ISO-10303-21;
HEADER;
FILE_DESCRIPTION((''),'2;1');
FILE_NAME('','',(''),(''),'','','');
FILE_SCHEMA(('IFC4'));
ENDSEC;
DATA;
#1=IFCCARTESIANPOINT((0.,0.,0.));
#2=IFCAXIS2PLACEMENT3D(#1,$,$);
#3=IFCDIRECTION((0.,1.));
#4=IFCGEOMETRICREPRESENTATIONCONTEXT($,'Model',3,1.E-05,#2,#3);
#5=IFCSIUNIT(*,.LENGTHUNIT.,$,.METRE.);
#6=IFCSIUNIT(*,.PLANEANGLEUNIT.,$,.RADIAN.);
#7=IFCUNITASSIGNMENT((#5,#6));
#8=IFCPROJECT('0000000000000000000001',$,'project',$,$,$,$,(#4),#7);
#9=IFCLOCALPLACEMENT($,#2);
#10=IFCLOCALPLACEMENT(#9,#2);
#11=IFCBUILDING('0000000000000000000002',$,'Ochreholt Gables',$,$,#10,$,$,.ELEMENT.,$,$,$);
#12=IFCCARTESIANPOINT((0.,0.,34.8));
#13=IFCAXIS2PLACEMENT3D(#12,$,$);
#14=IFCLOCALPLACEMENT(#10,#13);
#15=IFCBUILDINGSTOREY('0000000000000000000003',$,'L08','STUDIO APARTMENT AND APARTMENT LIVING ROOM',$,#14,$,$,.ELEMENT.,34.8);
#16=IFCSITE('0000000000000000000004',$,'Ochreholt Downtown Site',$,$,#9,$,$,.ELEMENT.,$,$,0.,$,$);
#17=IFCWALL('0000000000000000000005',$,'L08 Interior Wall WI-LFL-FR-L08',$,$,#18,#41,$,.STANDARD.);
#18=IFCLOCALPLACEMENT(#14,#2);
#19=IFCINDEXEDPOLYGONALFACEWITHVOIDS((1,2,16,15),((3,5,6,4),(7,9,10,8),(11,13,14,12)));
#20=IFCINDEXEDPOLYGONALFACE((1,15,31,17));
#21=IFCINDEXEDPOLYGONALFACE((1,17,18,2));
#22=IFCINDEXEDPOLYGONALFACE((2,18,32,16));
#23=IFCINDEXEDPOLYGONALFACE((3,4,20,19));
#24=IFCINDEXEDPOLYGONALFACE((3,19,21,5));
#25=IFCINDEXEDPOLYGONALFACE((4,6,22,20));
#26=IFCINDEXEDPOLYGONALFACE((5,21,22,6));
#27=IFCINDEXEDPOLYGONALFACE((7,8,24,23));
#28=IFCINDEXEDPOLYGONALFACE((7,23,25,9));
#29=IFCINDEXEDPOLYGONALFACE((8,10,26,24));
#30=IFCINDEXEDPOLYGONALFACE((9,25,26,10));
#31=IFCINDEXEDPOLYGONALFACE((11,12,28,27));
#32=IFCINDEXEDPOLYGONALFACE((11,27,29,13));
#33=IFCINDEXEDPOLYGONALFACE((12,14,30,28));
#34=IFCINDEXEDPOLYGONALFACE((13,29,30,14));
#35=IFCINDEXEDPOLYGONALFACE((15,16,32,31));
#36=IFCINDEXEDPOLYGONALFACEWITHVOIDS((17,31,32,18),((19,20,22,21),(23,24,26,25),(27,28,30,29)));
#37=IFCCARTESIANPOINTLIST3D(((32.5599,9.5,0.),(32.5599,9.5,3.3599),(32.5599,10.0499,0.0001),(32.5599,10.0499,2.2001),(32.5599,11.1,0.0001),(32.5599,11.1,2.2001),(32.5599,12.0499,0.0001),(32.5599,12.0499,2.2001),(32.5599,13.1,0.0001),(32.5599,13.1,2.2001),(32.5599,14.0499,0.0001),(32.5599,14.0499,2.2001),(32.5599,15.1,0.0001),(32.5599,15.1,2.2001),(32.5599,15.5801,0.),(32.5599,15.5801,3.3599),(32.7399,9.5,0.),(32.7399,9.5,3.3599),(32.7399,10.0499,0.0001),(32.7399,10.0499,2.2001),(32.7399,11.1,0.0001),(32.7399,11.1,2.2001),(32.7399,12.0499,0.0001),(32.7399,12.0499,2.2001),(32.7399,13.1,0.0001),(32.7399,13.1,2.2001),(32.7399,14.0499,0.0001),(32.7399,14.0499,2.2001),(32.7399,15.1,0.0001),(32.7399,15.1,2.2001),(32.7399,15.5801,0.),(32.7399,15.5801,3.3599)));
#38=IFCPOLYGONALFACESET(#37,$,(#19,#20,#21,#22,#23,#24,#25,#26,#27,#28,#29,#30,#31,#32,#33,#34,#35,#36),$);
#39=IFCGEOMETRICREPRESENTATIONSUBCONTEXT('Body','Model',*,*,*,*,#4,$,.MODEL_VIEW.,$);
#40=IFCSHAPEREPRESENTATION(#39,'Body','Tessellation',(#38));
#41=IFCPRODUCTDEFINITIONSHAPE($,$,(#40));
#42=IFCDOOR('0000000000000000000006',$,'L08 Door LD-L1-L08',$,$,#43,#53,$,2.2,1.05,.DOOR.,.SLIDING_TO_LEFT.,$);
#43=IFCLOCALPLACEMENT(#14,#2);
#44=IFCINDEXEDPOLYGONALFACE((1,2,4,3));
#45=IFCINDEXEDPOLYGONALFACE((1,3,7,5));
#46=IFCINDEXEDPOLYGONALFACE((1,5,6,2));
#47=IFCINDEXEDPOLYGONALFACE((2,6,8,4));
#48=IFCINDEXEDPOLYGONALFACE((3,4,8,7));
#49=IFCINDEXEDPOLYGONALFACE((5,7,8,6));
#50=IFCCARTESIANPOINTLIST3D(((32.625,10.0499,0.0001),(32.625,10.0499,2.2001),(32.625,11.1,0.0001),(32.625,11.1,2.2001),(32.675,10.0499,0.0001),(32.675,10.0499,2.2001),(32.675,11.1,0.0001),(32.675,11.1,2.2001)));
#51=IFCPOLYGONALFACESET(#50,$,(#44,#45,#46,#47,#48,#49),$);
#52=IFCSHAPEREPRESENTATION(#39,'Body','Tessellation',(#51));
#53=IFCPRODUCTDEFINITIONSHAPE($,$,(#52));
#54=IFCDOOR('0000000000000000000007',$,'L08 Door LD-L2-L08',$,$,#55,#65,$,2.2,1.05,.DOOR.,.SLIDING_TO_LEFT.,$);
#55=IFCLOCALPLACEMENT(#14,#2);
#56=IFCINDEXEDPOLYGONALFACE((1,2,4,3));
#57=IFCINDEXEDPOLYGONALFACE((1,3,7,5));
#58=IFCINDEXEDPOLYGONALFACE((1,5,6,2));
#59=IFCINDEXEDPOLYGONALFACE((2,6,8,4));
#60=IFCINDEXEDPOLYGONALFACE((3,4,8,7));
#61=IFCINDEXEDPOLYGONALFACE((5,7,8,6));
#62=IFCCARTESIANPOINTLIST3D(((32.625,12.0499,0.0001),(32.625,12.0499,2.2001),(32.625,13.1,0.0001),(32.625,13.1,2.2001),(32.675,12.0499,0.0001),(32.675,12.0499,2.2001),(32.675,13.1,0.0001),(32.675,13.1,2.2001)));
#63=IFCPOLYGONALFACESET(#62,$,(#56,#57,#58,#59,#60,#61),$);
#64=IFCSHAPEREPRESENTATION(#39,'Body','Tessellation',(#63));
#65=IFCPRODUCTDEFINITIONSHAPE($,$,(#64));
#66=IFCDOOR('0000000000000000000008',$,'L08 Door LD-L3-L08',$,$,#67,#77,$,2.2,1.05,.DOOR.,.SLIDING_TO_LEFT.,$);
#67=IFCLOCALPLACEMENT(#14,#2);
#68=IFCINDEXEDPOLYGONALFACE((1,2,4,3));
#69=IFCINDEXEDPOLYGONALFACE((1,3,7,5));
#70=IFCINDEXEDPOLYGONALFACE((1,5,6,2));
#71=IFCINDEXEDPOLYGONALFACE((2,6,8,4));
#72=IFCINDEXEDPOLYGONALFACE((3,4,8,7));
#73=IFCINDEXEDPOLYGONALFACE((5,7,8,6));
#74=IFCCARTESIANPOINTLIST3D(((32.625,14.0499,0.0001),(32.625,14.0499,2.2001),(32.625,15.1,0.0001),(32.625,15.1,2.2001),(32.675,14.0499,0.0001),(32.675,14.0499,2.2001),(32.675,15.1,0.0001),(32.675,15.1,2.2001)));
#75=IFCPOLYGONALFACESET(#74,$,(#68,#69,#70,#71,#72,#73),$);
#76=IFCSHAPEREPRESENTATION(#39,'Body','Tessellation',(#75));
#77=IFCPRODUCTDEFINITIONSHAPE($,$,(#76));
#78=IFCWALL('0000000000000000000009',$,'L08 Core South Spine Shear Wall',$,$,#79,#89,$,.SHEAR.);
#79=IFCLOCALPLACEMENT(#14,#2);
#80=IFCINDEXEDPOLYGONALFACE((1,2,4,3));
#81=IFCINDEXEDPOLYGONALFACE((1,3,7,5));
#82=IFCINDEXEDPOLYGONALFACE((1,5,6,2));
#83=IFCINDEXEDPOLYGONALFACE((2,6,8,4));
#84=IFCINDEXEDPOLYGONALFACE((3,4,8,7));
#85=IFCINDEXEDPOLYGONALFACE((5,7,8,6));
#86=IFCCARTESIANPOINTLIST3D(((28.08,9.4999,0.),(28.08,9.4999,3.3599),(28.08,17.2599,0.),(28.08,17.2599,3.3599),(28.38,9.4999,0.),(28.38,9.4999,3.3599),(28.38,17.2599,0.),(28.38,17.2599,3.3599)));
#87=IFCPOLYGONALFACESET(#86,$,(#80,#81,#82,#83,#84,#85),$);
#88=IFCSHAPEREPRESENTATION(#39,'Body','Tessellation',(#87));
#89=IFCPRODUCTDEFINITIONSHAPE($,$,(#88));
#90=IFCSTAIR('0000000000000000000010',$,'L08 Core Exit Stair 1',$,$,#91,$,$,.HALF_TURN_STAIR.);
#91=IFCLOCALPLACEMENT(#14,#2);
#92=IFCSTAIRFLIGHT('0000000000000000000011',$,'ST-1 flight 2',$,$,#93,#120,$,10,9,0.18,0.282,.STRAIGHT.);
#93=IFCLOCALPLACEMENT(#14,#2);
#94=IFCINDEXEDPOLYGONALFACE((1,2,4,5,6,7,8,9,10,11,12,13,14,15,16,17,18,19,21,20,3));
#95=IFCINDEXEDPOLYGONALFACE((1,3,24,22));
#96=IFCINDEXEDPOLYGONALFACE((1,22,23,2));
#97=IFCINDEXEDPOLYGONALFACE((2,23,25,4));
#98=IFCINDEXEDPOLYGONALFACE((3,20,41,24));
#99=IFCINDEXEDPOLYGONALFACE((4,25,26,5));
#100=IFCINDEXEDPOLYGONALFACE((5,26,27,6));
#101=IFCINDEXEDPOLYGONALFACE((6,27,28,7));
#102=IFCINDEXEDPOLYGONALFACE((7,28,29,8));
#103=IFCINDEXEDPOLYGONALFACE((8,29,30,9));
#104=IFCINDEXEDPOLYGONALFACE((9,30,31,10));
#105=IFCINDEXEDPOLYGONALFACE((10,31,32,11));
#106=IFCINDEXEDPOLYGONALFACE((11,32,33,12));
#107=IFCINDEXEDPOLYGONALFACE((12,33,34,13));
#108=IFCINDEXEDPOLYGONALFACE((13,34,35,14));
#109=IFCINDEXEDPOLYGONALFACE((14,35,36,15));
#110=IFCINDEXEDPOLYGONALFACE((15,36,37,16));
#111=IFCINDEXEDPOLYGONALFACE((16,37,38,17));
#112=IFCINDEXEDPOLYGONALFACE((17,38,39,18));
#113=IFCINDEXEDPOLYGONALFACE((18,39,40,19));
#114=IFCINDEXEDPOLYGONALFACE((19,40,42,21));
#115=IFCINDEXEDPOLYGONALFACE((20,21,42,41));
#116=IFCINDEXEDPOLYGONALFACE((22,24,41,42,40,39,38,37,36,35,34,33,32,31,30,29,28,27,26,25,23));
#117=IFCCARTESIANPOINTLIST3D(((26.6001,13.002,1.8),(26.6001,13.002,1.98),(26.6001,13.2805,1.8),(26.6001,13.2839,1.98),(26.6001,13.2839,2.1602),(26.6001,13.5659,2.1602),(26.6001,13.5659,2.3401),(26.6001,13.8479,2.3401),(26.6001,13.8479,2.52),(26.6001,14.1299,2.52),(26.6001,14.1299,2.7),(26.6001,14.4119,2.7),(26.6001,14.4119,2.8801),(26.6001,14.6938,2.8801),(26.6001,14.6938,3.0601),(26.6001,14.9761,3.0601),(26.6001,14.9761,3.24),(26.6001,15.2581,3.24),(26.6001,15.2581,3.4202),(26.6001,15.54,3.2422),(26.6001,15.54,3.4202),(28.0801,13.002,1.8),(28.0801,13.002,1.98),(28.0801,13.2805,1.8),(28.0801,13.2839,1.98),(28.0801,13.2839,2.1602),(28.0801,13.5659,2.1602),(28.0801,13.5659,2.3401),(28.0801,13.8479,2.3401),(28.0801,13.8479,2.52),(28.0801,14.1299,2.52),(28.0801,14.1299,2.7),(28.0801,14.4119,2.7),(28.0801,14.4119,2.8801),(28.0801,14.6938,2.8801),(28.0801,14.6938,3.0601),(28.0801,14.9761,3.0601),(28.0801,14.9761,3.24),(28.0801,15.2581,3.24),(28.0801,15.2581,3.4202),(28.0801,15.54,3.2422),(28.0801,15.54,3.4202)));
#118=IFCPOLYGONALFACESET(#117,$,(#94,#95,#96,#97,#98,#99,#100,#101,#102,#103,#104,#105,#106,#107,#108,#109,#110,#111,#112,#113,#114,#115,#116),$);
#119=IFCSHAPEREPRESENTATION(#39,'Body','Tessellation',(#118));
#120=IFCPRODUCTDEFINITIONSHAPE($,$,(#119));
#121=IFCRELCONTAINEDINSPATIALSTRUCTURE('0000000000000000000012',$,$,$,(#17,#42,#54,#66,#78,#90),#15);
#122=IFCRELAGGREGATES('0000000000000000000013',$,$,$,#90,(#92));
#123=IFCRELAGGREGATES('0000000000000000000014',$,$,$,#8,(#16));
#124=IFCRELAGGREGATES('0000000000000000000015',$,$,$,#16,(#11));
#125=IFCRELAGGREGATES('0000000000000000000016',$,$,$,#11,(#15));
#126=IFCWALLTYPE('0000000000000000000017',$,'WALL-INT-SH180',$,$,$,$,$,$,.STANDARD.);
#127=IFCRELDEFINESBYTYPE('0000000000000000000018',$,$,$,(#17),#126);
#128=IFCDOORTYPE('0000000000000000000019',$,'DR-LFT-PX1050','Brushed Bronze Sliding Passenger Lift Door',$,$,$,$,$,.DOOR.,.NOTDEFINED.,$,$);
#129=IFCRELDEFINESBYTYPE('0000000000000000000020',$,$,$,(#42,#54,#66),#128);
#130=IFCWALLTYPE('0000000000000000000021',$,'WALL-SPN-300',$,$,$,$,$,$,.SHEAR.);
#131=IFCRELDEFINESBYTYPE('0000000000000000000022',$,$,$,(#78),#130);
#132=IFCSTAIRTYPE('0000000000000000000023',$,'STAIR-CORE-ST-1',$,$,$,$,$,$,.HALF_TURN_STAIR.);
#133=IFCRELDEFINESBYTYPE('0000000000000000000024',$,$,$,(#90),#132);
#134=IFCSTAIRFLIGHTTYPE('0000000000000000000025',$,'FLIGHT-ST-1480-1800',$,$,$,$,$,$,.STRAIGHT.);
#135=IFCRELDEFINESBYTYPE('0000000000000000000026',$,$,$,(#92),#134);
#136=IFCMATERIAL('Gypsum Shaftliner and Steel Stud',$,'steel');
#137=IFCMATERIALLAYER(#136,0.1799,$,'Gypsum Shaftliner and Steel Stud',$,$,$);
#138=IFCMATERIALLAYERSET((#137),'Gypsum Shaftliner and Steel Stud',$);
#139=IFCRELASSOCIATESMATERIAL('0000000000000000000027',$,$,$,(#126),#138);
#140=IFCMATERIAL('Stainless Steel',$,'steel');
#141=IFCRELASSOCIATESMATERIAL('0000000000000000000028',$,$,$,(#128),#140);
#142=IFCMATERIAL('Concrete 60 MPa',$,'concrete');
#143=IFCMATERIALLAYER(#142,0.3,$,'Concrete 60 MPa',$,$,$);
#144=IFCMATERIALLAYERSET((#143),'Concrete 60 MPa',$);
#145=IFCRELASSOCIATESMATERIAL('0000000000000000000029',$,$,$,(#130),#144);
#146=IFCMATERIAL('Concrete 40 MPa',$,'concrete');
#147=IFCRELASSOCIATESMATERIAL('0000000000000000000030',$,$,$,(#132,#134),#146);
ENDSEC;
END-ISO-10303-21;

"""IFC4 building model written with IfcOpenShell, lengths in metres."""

from ifc_helpers import new_model, si_unit, direction, frame, frame_2d, origin, place, context, subcontext, project, spatial, polyline, rectangle, outline, extrude, material, layer, layer_set, type_object, element, fill, aggregate, save


model = new_model("IFC4")

# Units and contexts
model_context = context("Model", 3, precision=1e-05, world=origin(), true_north=direction((0.0, 1.0)))
body_context = subcontext(model_context, "Body", "Model", "MODEL_VIEW")
ifc_project = project(units=[si_unit("LENGTHUNIT", "METRE"), si_unit("PLANEANGLEUNIT", "RADIAN")], contexts=[model_context])

# Site, building, storey
site_placement = place(None, origin())
site = spatial("IfcSite", under=ifc_project, at=site_placement, Name="Ochreholt Downtown Site", CompositionType="ELEMENT", RefElevation=0.0)
building_placement = place(site_placement, origin())
building = spatial("IfcBuilding", under=site, at=building_placement, Name="Ochreholt Gables", CompositionType="ELEMENT")
storey_placement = place(building_placement, frame((0.0, 0.0, 34.8)))
storey = spatial("IfcBuildingStorey", under=building, at=storey_placement, Name="L08", Description="STUDIO APARTMENT AND APARTMENT LIVING ROOM", CompositionType="ELEMENT", Elevation=34.8)

# Shared definitions
ifc_material_1 = material(Name="Concrete 60 MPa", Category="concrete")

# Shared definitions
ifc_material_2 = material(Name="Gypsum Shaftliner and Steel Stud", Category="steel")

# Wall, openings, doors
ifc_layer_1 = layer(ifc_material_2, 0.1799, Name="Gypsum Shaftliner and Steel Stud")
ifc_layer_set_1 = layer_set([ifc_layer_1], Name="Gypsum Shaftliner and Steel Stud")
wall_type_1 = type_object("IfcWallType", Name="WALL-INT-SH180", PredefinedType="STANDARD", material=ifc_layer_set_1)
wall_1_placement = place(storey_placement, frame((32.6499, 9.5, 0.0), z_axis=(0.0, 0.0, 1.0), x_axis=(0.0, 1.0, 0.0)))
wall_1 = element("IfcWall", 1, at=wall_1_placement, inside=storey, type_object=wall_type_1, Name="L08 Interior Wall WI-LFL-FR-L08", PredefinedType="STANDARD", context=body_context, shape_type="SweptSolid", body=[
    extrude(rectangle(XDim=6.0801, YDim=0.1799, at=frame_2d((3.04, 0.0))), origin(), (0.0, 0.0, 1.0), 3.3599),
])
opening_1_placement = place(wall_1_placement, frame((0.55, 0.0, 0.0)))
opening_1 = element("IfcOpeningElement", 2, at=opening_1_placement, cuts=wall_1, PredefinedType="OPENING", context=body_context, shape_type="SweptSolid", body=[
    extrude(rectangle(XDim=1.05, YDim=2.2, at=frame_2d((0.5249, 1.1001))), frame((0.0, 0.0999, 0.0), z_axis=(0.0, -1.0, 0.0), x_axis=(1.0, 0.0, 0.0)), (0.0, 0.0, 1.0), 0.2),
])
opening_2_placement = place(wall_1_placement, frame((2.55, 0.0, 0.0)))
opening_2 = element("IfcOpeningElement", 3, at=opening_2_placement, cuts=wall_1, PredefinedType="OPENING", context=body_context, shape_type="SweptSolid", body=[
    extrude(rectangle(XDim=1.05, YDim=2.2, at=frame_2d((0.5249, 1.1001))), frame((0.0, 0.0999, 0.0), z_axis=(0.0, -1.0, 0.0), x_axis=(1.0, 0.0, 0.0)), (0.0, 0.0, 1.0), 0.2),
])
opening_3_placement = place(wall_1_placement, frame((4.55, 0.0, 0.0)))
opening_3 = element("IfcOpeningElement", 4, at=opening_3_placement, cuts=wall_1, PredefinedType="OPENING", context=body_context, shape_type="SweptSolid", body=[
    extrude(rectangle(XDim=1.05, YDim=2.2, at=frame_2d((0.5249, 1.1001))), frame((0.0, 0.0999, 0.0), z_axis=(0.0, -1.0, 0.0), x_axis=(1.0, 0.0, 0.0)), (0.0, 0.0, 1.0), 0.2),
])
ifc_material_3 = material(Name="Stainless Steel", Category="steel")
door_type_1 = type_object("IfcDoorType", Name="DR-LFT-PX1050", Description="Brushed Bronze Sliding Passenger Lift Door", OperationType="NOTDEFINED", PredefinedType="DOOR", material=ifc_material_3)
door_1_placement = place(opening_1_placement, origin())
door_1 = element("IfcDoor", 5, at=door_1_placement, inside=storey, type_object=door_type_1, Name="L08 Door LD-L1-L08", OperationType="SLIDING_TO_LEFT", OverallHeight=2.2, OverallWidth=1.05, PredefinedType="DOOR", context=body_context, shape_type="SweptSolid", body=[
    extrude(rectangle(XDim=1.05, YDim=2.2, at=frame_2d((0.5249, 1.1001))), frame((0.0, 0.0249, 0.0), z_axis=(0.0, -1.0, 0.0), x_axis=(1.0, 0.0, 0.0)), (0.0, 0.0, 1.0), 0.05),
])
fill(opening_1, door_1)
door_2_placement = place(opening_2_placement, origin())
door_2 = element("IfcDoor", 6, at=door_2_placement, inside=storey, type_object=door_type_1, Name="L08 Door LD-L2-L08", OperationType="SLIDING_TO_LEFT", OverallHeight=2.2, OverallWidth=1.05, PredefinedType="DOOR", context=body_context, shape_type="SweptSolid", body=[
    extrude(rectangle(XDim=1.05, YDim=2.2, at=frame_2d((0.5249, 1.1001))), frame((0.0, 0.0249, 0.0), z_axis=(0.0, -1.0, 0.0), x_axis=(1.0, 0.0, 0.0)), (0.0, 0.0, 1.0), 0.05),
])
fill(opening_2, door_2)
door_3_placement = place(opening_3_placement, origin())
door_3 = element("IfcDoor", 7, at=door_3_placement, inside=storey, type_object=door_type_1, Name="L08 Door LD-L3-L08", OperationType="SLIDING_TO_LEFT", OverallHeight=2.2, OverallWidth=1.05, PredefinedType="DOOR", context=body_context, shape_type="SweptSolid", body=[
    extrude(rectangle(XDim=1.05, YDim=2.2, at=frame_2d((0.5249, 1.1001))), frame((0.0, 0.0249, 0.0), z_axis=(0.0, -1.0, 0.0), x_axis=(1.0, 0.0, 0.0)), (0.0, 0.0, 1.0), 0.05),
])
fill(opening_3, door_3)

# Wall
ifc_layer_2 = layer(ifc_material_1, 0.3, Name="Concrete 60 MPa")
ifc_layer_set_2 = layer_set([ifc_layer_2], Name="Concrete 60 MPa")
wall_type_2 = type_object("IfcWallType", Name="WALL-SPN-300", PredefinedType="SHEAR", material=ifc_layer_set_2)
wall_2_placement = place(storey_placement, frame((28.23, 9.5, 0.0), z_axis=(0.0, 0.0, 1.0), x_axis=(0.0, 1.0, 0.0)))
element("IfcWall", 8, at=wall_2_placement, inside=storey, type_object=wall_type_2, Name="L08 Core South Spine Shear Wall", PredefinedType="SHEAR", context=body_context, shape_type="SweptSolid", body=[
    extrude(rectangle(XDim=7.76, YDim=0.3, at=frame_2d((3.8799, 0.0))), origin(), (0.0, 0.0, 1.0), 3.3599),
])

# Stair, stair flight
ifc_material_4 = material(Name="Concrete 40 MPa", Category="concrete")
stair_type = type_object("IfcStairType", Name="STAIR-CORE-ST-1", PredefinedType="HALF_TURN_STAIR", material=ifc_material_4)
stair_placement = place(storey_placement, origin())
stair = element("IfcStair", 9, at=stair_placement, inside=storey, type_object=stair_type, Name="L08 Core Exit Stair 1", PredefinedType="HALF_TURN_STAIR")
stair_flight_type = type_object("IfcStairFlightType", Name="FLIGHT-ST-1480-1800", PredefinedType="STRAIGHT", material=ifc_material_4)
stair_flight_placement = place(storey_placement, frame((27.3401, 13.002, 1.8), z_axis=(0.0, 0.0, 1.0), x_axis=(0.0, 1.0, 0.0)))
stair_flight = element("IfcStairFlight", 10, at=stair_flight_placement, type_object=stair_flight_type, Name="ST-1 flight 2", NumberOfRisers=10, NumberOfTreads=9, PredefinedType="STRAIGHT", RiserHeight=0.18, TreadLength=0.282, context=body_context, shape_type="SweptSolid", body=[
    extrude(outline(polyline([(0.0, 0.0), (0.0, 0.1799), (0.282, 0.1799), (0.282, 0.3601), (0.564, 0.3601), (0.564, 0.54), (0.8459, 0.54), (0.8459, 0.72), (1.1279, 0.72), (1.1279, 0.8999), (1.4099, 0.8999), (1.4099, 1.0801), (1.6919, 1.0801), (1.6919, 1.26), (1.9741, 1.26), (1.9741, 1.4399), (2.2561, 1.4399), (2.2561, 1.6201), (2.5381, 1.6201), (2.5381, 1.8), (2.5381, 1.4421), (0.2786, 0.0), (0.0, 0.0)])), frame((0.0, 0.74, 0.0), z_axis=(0.0, -1.0, 0.0), x_axis=(1.0, 0.0, 0.0)), (0.0, 0.0, 1.0), 1.48),
])
aggregate(stair, [stair_flight])

save(model, "model.ifc")
